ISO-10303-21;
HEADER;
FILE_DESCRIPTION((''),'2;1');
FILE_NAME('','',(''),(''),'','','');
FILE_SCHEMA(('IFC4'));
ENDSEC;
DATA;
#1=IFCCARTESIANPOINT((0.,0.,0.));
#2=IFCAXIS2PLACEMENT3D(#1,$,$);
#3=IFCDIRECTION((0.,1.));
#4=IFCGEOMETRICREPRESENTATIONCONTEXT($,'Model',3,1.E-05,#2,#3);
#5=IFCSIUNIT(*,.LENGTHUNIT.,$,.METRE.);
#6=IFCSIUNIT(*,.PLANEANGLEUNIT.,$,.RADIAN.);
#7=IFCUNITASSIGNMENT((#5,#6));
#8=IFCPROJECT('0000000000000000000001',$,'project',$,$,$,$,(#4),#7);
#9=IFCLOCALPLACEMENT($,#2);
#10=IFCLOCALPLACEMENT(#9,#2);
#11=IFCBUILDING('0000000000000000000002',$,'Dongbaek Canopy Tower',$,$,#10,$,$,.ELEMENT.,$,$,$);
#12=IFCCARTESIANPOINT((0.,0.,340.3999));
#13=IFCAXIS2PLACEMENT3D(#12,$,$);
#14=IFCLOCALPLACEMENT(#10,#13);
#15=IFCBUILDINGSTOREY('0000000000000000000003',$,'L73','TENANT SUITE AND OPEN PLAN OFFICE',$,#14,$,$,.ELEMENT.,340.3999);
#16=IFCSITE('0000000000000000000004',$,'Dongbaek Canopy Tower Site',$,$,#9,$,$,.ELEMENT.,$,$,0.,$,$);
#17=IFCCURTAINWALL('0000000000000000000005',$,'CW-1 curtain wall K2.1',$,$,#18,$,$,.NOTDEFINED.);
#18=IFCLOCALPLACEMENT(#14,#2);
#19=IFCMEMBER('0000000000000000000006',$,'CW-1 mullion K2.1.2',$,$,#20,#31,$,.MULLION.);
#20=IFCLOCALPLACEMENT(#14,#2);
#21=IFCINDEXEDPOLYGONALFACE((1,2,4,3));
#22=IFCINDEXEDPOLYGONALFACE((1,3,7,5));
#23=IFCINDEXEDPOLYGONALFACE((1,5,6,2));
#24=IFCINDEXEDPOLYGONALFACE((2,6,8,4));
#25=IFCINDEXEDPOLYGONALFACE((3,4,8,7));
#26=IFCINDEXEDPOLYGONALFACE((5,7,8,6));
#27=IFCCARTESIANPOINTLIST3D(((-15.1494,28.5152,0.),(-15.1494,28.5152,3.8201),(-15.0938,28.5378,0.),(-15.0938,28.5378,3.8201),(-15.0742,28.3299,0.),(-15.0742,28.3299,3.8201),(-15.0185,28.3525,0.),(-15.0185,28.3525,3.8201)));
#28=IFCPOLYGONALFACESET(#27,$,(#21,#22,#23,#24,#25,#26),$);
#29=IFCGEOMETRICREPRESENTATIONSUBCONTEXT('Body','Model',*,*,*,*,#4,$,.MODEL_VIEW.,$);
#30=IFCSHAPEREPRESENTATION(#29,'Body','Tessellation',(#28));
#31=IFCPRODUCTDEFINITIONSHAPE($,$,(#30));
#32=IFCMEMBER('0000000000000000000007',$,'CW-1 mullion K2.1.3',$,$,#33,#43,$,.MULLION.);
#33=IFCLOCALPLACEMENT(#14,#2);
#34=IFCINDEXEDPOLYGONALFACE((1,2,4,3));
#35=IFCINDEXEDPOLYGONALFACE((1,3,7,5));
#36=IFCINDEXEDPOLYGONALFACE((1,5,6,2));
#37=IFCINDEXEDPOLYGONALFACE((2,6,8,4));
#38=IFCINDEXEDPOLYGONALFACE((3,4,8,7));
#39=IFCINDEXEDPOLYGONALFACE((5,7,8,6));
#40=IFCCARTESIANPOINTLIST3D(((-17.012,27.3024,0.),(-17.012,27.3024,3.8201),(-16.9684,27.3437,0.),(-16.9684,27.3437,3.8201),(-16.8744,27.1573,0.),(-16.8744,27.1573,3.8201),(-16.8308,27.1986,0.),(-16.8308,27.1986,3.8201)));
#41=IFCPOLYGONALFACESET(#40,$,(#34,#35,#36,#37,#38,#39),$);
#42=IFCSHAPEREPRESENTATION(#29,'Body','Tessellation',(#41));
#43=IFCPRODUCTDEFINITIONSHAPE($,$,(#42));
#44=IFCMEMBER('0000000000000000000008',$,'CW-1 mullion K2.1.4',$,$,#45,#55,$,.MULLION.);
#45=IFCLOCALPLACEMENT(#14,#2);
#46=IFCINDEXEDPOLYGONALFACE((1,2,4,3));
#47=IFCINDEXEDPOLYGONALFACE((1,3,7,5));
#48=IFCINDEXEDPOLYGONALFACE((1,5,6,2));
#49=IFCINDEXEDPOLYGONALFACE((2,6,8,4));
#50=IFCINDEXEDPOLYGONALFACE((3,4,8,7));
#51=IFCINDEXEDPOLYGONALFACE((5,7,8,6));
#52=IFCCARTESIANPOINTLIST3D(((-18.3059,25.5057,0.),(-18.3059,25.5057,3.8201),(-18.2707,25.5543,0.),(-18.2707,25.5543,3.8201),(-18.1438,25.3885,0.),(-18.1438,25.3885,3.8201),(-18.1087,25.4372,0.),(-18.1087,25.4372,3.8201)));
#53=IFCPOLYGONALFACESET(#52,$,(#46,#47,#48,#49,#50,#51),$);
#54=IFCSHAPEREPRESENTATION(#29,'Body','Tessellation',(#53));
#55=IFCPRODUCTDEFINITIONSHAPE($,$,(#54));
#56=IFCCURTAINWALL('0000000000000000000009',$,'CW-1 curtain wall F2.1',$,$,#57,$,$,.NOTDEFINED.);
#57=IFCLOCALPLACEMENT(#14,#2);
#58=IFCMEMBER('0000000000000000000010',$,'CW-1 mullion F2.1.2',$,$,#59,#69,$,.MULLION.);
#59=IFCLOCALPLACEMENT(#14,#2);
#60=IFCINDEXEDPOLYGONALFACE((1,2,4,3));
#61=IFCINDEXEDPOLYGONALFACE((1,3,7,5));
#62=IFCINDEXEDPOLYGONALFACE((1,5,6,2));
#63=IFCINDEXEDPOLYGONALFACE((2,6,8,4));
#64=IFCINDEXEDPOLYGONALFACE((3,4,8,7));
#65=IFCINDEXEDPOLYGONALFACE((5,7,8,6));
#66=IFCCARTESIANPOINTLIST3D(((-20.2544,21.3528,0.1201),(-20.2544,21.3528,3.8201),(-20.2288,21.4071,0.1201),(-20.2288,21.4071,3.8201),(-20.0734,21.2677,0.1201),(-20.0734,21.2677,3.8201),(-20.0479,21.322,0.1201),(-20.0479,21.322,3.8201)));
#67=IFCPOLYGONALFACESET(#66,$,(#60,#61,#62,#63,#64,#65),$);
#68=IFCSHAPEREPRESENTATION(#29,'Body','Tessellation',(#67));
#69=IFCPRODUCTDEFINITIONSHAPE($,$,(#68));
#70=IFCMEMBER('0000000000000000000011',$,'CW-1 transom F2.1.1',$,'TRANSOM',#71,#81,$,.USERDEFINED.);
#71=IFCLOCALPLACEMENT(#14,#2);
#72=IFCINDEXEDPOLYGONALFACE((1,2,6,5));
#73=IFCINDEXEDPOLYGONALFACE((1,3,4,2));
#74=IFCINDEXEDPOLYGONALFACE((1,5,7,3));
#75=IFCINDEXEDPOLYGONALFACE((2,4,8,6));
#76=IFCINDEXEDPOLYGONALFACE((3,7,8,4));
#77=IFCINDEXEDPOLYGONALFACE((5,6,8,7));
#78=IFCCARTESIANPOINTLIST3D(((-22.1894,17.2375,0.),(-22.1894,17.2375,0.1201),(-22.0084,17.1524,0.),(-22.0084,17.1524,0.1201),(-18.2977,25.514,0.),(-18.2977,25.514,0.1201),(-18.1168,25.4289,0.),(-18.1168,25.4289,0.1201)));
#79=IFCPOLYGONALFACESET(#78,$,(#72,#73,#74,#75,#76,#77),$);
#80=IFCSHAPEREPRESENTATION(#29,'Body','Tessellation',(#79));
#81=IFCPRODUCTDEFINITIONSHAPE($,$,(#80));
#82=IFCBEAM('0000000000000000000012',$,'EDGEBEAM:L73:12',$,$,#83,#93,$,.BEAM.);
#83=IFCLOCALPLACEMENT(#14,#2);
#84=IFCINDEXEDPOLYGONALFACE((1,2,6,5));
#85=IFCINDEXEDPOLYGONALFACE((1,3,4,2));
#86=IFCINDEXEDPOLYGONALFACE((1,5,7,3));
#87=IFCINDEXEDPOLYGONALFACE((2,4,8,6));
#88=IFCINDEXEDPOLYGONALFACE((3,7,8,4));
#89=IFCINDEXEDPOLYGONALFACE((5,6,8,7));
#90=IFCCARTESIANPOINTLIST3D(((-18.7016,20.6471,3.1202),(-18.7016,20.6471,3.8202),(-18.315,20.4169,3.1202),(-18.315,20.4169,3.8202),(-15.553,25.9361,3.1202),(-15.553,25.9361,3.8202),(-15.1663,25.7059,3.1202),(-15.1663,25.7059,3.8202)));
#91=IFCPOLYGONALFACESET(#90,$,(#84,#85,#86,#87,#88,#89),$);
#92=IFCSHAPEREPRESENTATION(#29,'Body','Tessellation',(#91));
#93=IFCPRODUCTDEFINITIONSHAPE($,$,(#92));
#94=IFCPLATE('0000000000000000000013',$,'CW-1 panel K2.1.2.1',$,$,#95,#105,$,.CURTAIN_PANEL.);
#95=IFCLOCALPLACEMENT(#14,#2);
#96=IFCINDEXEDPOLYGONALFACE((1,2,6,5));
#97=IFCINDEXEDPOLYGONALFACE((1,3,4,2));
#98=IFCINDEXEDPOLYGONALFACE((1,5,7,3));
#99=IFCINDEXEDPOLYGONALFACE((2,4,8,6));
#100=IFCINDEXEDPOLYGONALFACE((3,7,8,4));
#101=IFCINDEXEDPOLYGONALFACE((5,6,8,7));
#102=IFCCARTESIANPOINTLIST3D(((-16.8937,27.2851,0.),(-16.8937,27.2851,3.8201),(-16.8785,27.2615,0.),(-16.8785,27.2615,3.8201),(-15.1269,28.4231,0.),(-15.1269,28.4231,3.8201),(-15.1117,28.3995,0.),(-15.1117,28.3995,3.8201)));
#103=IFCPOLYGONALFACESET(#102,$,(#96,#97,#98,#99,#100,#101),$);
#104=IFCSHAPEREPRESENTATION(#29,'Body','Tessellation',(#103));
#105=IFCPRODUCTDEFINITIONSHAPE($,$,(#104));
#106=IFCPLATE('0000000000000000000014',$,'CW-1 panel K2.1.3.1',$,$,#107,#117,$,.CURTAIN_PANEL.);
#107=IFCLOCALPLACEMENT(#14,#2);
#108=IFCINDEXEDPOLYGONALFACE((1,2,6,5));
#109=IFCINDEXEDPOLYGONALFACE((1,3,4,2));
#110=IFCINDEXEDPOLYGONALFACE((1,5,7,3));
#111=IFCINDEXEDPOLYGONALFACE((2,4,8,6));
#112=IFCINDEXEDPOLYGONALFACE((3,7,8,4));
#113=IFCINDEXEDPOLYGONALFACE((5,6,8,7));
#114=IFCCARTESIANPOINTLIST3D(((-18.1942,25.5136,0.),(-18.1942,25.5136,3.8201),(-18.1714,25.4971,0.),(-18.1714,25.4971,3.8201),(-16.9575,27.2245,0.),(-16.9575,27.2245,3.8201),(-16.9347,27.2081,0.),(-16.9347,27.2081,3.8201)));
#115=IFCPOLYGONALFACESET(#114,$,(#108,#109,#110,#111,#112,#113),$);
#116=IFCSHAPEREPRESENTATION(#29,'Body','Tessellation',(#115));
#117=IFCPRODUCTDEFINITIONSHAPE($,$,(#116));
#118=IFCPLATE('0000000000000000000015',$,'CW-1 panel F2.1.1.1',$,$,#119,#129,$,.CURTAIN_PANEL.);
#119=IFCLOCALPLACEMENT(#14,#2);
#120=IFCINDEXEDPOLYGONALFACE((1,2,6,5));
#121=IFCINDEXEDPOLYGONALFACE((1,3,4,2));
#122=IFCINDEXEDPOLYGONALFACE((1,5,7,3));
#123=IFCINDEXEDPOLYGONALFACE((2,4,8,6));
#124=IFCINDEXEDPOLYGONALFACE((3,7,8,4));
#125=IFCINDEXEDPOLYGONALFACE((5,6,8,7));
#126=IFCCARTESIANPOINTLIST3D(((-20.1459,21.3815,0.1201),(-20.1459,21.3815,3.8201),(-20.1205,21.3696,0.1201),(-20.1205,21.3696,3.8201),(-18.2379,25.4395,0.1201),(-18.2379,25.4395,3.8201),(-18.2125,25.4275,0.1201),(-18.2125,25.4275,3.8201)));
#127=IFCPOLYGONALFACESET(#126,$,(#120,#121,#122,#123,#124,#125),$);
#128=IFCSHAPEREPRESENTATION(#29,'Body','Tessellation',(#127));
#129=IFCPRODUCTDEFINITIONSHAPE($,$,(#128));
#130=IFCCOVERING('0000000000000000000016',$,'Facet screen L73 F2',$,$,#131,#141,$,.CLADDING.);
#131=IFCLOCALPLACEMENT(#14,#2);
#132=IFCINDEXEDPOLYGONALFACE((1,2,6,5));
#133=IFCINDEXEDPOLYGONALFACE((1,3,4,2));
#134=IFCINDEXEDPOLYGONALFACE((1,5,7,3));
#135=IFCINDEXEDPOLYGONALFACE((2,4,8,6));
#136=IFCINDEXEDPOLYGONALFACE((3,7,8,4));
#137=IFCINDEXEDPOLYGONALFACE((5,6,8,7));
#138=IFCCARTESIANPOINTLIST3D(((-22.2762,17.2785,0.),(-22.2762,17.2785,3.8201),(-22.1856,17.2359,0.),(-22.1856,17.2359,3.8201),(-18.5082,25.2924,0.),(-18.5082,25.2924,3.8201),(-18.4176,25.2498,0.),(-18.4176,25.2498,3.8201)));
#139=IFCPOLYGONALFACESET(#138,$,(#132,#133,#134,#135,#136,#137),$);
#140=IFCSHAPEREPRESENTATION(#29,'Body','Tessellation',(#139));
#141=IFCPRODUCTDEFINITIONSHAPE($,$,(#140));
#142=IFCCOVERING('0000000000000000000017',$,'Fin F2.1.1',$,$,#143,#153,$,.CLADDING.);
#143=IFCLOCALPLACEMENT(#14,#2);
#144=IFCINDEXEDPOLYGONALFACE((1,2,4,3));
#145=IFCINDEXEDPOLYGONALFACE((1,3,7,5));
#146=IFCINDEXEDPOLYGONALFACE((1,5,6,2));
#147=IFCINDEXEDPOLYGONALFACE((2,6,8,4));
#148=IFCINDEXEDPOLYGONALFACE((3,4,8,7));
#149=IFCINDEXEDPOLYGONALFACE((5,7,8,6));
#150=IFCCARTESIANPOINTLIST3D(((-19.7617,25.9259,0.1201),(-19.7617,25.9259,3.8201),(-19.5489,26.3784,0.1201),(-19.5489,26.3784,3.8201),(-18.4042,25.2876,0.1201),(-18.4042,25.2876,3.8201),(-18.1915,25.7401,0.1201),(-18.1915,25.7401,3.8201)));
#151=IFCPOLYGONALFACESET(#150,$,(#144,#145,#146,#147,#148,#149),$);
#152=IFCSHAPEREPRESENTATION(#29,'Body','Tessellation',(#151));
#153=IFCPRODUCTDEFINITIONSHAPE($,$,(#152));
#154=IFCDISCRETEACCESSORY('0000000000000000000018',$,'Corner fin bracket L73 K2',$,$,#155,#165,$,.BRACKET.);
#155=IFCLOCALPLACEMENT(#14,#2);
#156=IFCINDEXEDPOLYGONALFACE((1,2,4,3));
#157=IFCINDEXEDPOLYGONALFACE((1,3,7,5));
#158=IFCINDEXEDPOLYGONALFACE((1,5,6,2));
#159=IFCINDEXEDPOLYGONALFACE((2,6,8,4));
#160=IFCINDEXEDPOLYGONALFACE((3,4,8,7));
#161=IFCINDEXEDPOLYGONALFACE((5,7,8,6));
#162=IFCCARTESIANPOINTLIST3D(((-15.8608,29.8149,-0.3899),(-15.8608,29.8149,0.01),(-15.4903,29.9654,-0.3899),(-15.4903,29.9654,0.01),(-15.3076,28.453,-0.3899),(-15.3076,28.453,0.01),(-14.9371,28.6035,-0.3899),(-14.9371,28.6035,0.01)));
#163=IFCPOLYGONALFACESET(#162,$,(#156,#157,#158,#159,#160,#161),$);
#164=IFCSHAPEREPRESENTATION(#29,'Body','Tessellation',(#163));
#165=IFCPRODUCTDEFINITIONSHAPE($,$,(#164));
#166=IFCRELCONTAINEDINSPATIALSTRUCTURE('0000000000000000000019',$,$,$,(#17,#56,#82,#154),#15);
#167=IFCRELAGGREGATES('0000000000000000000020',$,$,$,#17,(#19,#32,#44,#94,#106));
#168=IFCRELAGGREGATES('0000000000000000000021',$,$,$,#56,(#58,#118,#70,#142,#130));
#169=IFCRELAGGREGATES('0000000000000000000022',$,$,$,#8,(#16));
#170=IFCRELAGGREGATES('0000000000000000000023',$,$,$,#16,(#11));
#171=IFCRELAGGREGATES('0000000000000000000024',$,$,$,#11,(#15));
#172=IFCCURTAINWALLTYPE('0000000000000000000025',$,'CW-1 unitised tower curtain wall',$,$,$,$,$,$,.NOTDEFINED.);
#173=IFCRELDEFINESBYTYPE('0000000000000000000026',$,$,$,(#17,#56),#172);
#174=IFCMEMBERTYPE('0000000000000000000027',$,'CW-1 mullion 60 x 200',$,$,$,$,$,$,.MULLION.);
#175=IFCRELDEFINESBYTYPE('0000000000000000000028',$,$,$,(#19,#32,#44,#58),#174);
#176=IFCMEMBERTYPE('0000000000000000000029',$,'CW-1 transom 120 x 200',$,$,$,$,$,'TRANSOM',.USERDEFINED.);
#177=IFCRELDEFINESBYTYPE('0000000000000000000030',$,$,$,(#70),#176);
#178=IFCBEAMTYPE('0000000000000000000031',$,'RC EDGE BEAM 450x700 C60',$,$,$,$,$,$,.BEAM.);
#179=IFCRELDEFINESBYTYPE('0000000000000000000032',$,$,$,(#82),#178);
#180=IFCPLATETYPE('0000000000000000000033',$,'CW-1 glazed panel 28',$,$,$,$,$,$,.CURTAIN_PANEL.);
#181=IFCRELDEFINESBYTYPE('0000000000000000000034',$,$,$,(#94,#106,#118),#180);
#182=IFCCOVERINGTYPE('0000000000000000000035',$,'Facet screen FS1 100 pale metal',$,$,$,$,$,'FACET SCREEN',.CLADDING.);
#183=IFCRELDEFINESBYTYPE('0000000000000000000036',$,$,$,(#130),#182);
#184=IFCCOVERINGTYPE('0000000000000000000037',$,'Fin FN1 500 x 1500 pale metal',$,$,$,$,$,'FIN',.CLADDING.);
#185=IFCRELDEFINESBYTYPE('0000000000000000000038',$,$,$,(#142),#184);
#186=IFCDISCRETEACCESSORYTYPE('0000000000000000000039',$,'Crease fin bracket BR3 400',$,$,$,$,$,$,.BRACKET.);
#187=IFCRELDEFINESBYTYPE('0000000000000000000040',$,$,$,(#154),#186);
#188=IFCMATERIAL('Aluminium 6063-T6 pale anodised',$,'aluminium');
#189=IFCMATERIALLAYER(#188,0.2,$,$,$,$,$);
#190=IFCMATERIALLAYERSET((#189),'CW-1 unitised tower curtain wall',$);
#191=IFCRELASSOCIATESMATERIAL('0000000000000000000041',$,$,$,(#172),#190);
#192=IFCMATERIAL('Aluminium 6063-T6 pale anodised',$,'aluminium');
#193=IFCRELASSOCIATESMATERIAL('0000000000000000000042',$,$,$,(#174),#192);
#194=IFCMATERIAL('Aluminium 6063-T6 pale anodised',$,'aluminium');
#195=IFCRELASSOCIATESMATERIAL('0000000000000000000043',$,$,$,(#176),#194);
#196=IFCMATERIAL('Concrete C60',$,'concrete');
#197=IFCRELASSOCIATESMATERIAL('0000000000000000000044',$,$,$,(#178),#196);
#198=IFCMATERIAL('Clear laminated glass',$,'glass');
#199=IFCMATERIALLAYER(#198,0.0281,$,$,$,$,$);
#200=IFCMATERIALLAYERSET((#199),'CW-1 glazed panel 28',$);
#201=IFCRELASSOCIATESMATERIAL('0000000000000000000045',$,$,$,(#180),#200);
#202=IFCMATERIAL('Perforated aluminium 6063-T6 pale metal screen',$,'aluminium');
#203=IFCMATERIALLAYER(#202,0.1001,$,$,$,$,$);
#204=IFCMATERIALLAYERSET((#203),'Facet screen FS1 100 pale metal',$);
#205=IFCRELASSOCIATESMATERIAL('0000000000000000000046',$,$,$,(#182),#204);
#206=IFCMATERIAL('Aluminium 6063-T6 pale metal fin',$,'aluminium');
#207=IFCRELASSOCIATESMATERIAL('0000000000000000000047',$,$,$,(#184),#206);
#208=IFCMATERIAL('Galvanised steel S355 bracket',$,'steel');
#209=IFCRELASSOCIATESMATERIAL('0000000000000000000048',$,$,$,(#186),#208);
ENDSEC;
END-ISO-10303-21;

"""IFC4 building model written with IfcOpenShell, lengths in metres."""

from ifc_helpers import new_model, si_unit, direction, frame, origin, origin_2d, place, context, subcontext, project, spatial, rectangle, extrude, material, layer, layer_set, material_profile, profile_set, type_object, element, aggregate, save


model = new_model("IFC4")

# Units and contexts
model_context = context("Model", 3, precision=1e-05, world=origin(), true_north=direction((0.0, 1.0)))
body_context = subcontext(model_context, "Body", "Model", "MODEL_VIEW")
ifc_project = project(units=[si_unit("LENGTHUNIT", "METRE"), si_unit("PLANEANGLEUNIT", "RADIAN")], contexts=[model_context])

# Site, building, storey
site_placement = place(None, origin())
site = spatial("IfcSite", under=ifc_project, at=site_placement, Name="Dongbaek Canopy Tower Site", CompositionType="ELEMENT", RefElevation=0.0)
building_placement = place(site_placement, origin())
building = spatial("IfcBuilding", under=site, at=building_placement, Name="Dongbaek Canopy Tower", CompositionType="ELEMENT")
storey_placement = place(building_placement, frame((0.0, 0.0, 340.3999)))
storey = spatial("IfcBuildingStorey", under=building, at=storey_placement, Name="L73", Description="TENANT SUITE AND OPEN PLAN OFFICE", CompositionType="ELEMENT", Elevation=340.3999)

# Curtain walls, members
ifc_material_1 = material(Name="Aluminium 6063-T6 pale anodised", Category="aluminium")
ifc_layer_1 = layer(ifc_material_1, 0.2)
ifc_layer_set_1 = layer_set([ifc_layer_1], Name="CW-1 unitised tower curtain wall")
curtain_wall_type = type_object("IfcCurtainWallType", Name="CW-1 unitised tower curtain wall", PredefinedType="NOTDEFINED", material=ifc_layer_set_1)
curtain_wall_1_placement = place(storey_placement, origin())
curtain_wall_1 = element("IfcCurtainWall", 1, at=curtain_wall_1_placement, inside=storey, type_object=curtain_wall_type, Name="CW-1 curtain wall K2.1", PredefinedType="NOTDEFINED")
ifc_material_2 = material(Name="Aluminium 6063-T6 pale anodised", Category="aluminium")
ifc_material_profile_1 = material_profile(ifc_material_2, rectangle(XDim=0.2, YDim=0.0601, at=origin_2d()), Name="CW-1 mullion 60 x 200")
ifc_profile_set_1 = profile_set([ifc_material_profile_1], Name="Aluminium 6063-T6 pale anodised")
member_type_1 = type_object("IfcMemberType", Name="CW-1 mullion 60 x 200", PredefinedType="MULLION", material=ifc_profile_set_1)
member_1_placement = place(storey_placement, frame((-15.084, 28.4338, 0.0), z_axis=(0.0, 0.0, 1.0), x_axis=(-0.376366, 0.926471, 0.0)))
member_1 = element("IfcMember", 2, at=member_1_placement, type_object=member_type_1, Name="CW-1 mullion K2.1.2", PredefinedType="MULLION", context=body_context, shape_type="SweptSolid", body=[
    extrude(rectangle(XDim=0.2, YDim=0.0601, at=origin_2d()), origin(), (0.0, 0.0, 1.0), 3.8201),
])
member_2_placement = place(storey_placement, frame((-16.9214, 27.2505, 0.0), z_axis=(0.0, 0.0, 1.0), x_axis=(-0.687889, 0.725816, 0.0)))
member_2 = element("IfcMember", 3, at=member_2_placement, type_object=member_type_1, Name="CW-1 mullion K2.1.3", PredefinedType="MULLION", context=body_context, shape_type="SweptSolid", body=[
    extrude(rectangle(XDim=0.2, YDim=0.0601, at=origin_2d()), origin(), (0.0, 0.0, 1.0), 3.8201),
])
member_3_placement = place(storey_placement, frame((-18.2073, 25.4714, 0.0), z_axis=(0.0, 0.0, 1.0), x_axis=(-0.810455, 0.5858, 0.0)))
member_3 = element("IfcMember", 4, at=member_3_placement, type_object=member_type_1, Name="CW-1 mullion K2.1.4", PredefinedType="MULLION", context=body_context, shape_type="SweptSolid", body=[
    extrude(rectangle(XDim=0.2, YDim=0.0601, at=origin_2d()), origin(), (0.0, 0.0, 1.0), 3.8201),
])
curtain_wall_2_placement = place(storey_placement, origin())
curtain_wall_2 = element("IfcCurtainWall", 5, at=curtain_wall_2_placement, inside=storey, type_object=curtain_wall_type, Name="CW-1 curtain wall F2.1", PredefinedType="NOTDEFINED")
member_4_placement = place(storey_placement, frame((-20.1511, 21.3374, 0.1201), z_axis=(0.0, 0.0, 1.0), x_axis=(-0.904958, 0.4255, 0.0)))
member_4 = element("IfcMember", 6, at=member_4_placement, type_object=member_type_1, Name="CW-1 mullion F2.1.2", PredefinedType="MULLION", context=body_context, shape_type="SweptSolid", body=[
    extrude(rectangle(XDim=0.2, YDim=0.0601, at=origin_2d()), origin(), (0.0, 0.0, 1.0), 3.7),
])
ifc_material_3 = material(Name="Aluminium 6063-T6 pale anodised", Category="aluminium")
ifc_material_profile_2 = material_profile(ifc_material_3, rectangle(XDim=0.2, YDim=0.1201, at=origin_2d()), Name="CW-1 transom 120 x 200")
ifc_profile_set_2 = profile_set([ifc_material_profile_2], Name="Aluminium 6063-T6 pale anodised")
member_type_2 = type_object("IfcMemberType", Name="CW-1 transom 120 x 200", ElementType="TRANSOM", PredefinedType="USERDEFINED", material=ifc_profile_set_2)
member_5_placement = place(storey_placement, frame((-18.2073, 25.4714, 0.0601), z_axis=(-0.425514, -0.904952, 0.0), x_axis=(0.904952, -0.425514, 0.0)))
member_5 = element("IfcMember", 7, at=member_5_placement, type_object=member_type_2, Name="CW-1 transom F2.1.1", ObjectType="TRANSOM", PredefinedType="USERDEFINED", context=body_context, shape_type="SweptSolid", body=[
    extrude(rectangle(XDim=0.2, YDim=0.1201, at=origin_2d()), origin(), (0.0, 0.0, 1.0), 9.1458),
])

# Beam
ifc_material_4 = material(Name="Concrete C60", Category="concrete")
ifc_material_profile_3 = material_profile(ifc_material_4, rectangle(XDim=0.45, YDim=0.7, at=origin_2d()), Name="RC EDGE BEAM 450x700 C60")
ifc_profile_set_3 = profile_set([ifc_material_profile_3], Name="Concrete C60")
beam_type = type_object("IfcBeamType", Name="RC EDGE BEAM 450x700 C60", PredefinedType="BEAM", material=ifc_profile_set_3)
beam_placement = place(storey_placement, frame((-18.5083, 20.532, 3.4702), z_axis=(0.511535, 0.859262, 0.0), x_axis=(-0.859262, 0.511535, 0.0)))
element("IfcBeam", 8, at=beam_placement, inside=storey, type_object=beam_type, Name="EDGEBEAM:L73:12", PredefinedType="BEAM", context=body_context, shape_type="SweptSolid", body=[
    extrude(rectangle(XDim=0.45, YDim=0.7, at=origin_2d()), origin(), (0.0, 0.0, 1.0), 6.1553),
])

# Plates
ifc_material_5 = material(Name="Clear laminated glass", Category="glass")
ifc_layer_2 = layer(ifc_material_5, 0.0281)
ifc_layer_set_2 = layer_set([ifc_layer_2], Name="CW-1 glazed panel 28")
plate_type = type_object("IfcPlateType", Name="CW-1 glazed panel 28", PredefinedType="CURTAIN_PANEL", material=ifc_layer_set_2)
plate_1_placement = place(storey_placement, frame((-16.0027, 27.8423, 0.0), z_axis=(0.0, 0.0, 1.0), x_axis=(-0.840699, -0.541503, 0.0)))
plate_1 = element("IfcPlate", 9, at=plate_1_placement, type_object=plate_type, Name="CW-1 panel K2.1.2.1", PredefinedType="CURTAIN_PANEL", context=body_context, shape_type="SweptSolid", body=[
    extrude(rectangle(XDim=2.1016, YDim=0.0281, at=origin_2d()), origin(), (0.0, 0.0, 1.0), 3.8201),
])
plate_2_placement = place(storey_placement, frame((-17.5645, 26.3608, 0.0), z_axis=(0.0, 0.0, 1.0), x_axis=(-0.5858, -0.810455, 0.0)))
plate_2 = element("IfcPlate", 10, at=plate_2_placement, type_object=plate_type, Name="CW-1 panel K2.1.3.1", PredefinedType="CURTAIN_PANEL", context=body_context, shape_type="SweptSolid", body=[
    extrude(rectangle(XDim=2.1111, YDim=0.0281, at=origin_2d()), origin(), (0.0, 0.0, 1.0), 3.8201),
])
aggregate(curtain_wall_1, [member_1, member_2, member_3, plate_1, plate_2])
plate_3_placement = place(storey_placement, frame((-19.1792, 23.4045, 0.1201), z_axis=(0.0, 0.0, 1.0), x_axis=(-0.4255, -0.904958, 0.0)))
plate_3 = element("IfcPlate", 11, at=plate_3_placement, type_object=plate_type, Name="CW-1 panel F2.1.1.1", PredefinedType="CURTAIN_PANEL", context=body_context, shape_type="SweptSolid", body=[
    extrude(rectangle(XDim=4.4841, YDim=0.0281, at=origin_2d()), origin(), (0.0, 0.0, 1.0), 3.7),
])

# Coverings
ifc_material_6 = material(Name="Perforated aluminium 6063-T6 pale metal screen", Category="aluminium")
ifc_layer_3 = layer(ifc_material_6, 0.1001)
ifc_layer_set_3 = layer_set([ifc_layer_3], Name="Facet screen FS1 100 pale metal")
covering_type_1 = type_object("IfcCoveringType", Name="Facet screen FS1 100 pale metal", ElementType="FACET SCREEN", PredefinedType="CLADDING", material=ifc_layer_set_3)
covering_1_placement = place(storey_placement, frame((-20.3469, 21.2642, 0.0), z_axis=(0.0, 0.0, 1.0), x_axis=(-0.4255, -0.904959, 0.0)))
covering_1 = element("IfcCovering", 12, at=covering_1_placement, type_object=covering_type_1, Name="Facet screen L73 F2", PredefinedType="CLADDING", context=body_context, shape_type="SweptSolid", body=[
    extrude(rectangle(XDim=8.8555, YDim=0.1001, at=origin_2d()), origin(), (0.0, 0.0, 1.0), 3.8201),
])
ifc_material_7 = material(Name="Aluminium 6063-T6 pale metal fin", Category="aluminium")
ifc_material_profile_4 = material_profile(ifc_material_7, rectangle(XDim=1.5, YDim=0.5, at=origin_2d()), Name="Fin FN1 500 x 1500 pale metal")
ifc_profile_set_4 = profile_set([ifc_material_profile_4], Name="Aluminium 6063-T6 pale metal fin")
covering_type_2 = type_object("IfcCoveringType", Name="Fin FN1 500 x 1500 pale metal", ElementType="FIN", PredefinedType="CLADDING", material=ifc_profile_set_4)
covering_2_placement = place(storey_placement, frame((-18.9766, 25.833, 0.1201), z_axis=(0.0, 0.0, 1.0), x_axis=(-0.904958, 0.4255, 0.0)))
covering_2 = element("IfcCovering", 13, at=covering_2_placement, type_object=covering_type_2, Name="Fin F2.1.1", PredefinedType="CLADDING", context=body_context, shape_type="SweptSolid", body=[
    extrude(rectangle(XDim=1.5, YDim=0.5, at=origin_2d()), origin(), (0.0, 0.0, 1.0), 3.7),
])
aggregate(curtain_wall_2, [member_4, plate_3, member_5, covering_2, covering_1])

# Discrete accessory
ifc_material_8 = material(Name="Galvanised steel S355 bracket", Category="steel")
discrete_accessory_type = type_object("IfcDiscreteAccessoryType", Name="Crease fin bracket BR3 400", PredefinedType="BRACKET", material=ifc_material_8)
discrete_accessory_placement = place(storey_placement, frame((-15.3989, 29.2092, -0.3899), z_axis=(0.0, 0.0, 1.0), x_axis=(-0.376367, 0.926471, 0.0)))
element("IfcDiscreteAccessory", 14, at=discrete_accessory_placement, inside=storey, type_object=discrete_accessory_type, Name="Corner fin bracket L73 K2", PredefinedType="BRACKET", context=body_context, shape_type="SweptSolid", body=[
    extrude(rectangle(XDim=1.47, YDim=0.3999, at=origin_2d()), origin(), (0.0, 0.0, 1.0), 0.3999),
])

save(model, "model.ifc")
